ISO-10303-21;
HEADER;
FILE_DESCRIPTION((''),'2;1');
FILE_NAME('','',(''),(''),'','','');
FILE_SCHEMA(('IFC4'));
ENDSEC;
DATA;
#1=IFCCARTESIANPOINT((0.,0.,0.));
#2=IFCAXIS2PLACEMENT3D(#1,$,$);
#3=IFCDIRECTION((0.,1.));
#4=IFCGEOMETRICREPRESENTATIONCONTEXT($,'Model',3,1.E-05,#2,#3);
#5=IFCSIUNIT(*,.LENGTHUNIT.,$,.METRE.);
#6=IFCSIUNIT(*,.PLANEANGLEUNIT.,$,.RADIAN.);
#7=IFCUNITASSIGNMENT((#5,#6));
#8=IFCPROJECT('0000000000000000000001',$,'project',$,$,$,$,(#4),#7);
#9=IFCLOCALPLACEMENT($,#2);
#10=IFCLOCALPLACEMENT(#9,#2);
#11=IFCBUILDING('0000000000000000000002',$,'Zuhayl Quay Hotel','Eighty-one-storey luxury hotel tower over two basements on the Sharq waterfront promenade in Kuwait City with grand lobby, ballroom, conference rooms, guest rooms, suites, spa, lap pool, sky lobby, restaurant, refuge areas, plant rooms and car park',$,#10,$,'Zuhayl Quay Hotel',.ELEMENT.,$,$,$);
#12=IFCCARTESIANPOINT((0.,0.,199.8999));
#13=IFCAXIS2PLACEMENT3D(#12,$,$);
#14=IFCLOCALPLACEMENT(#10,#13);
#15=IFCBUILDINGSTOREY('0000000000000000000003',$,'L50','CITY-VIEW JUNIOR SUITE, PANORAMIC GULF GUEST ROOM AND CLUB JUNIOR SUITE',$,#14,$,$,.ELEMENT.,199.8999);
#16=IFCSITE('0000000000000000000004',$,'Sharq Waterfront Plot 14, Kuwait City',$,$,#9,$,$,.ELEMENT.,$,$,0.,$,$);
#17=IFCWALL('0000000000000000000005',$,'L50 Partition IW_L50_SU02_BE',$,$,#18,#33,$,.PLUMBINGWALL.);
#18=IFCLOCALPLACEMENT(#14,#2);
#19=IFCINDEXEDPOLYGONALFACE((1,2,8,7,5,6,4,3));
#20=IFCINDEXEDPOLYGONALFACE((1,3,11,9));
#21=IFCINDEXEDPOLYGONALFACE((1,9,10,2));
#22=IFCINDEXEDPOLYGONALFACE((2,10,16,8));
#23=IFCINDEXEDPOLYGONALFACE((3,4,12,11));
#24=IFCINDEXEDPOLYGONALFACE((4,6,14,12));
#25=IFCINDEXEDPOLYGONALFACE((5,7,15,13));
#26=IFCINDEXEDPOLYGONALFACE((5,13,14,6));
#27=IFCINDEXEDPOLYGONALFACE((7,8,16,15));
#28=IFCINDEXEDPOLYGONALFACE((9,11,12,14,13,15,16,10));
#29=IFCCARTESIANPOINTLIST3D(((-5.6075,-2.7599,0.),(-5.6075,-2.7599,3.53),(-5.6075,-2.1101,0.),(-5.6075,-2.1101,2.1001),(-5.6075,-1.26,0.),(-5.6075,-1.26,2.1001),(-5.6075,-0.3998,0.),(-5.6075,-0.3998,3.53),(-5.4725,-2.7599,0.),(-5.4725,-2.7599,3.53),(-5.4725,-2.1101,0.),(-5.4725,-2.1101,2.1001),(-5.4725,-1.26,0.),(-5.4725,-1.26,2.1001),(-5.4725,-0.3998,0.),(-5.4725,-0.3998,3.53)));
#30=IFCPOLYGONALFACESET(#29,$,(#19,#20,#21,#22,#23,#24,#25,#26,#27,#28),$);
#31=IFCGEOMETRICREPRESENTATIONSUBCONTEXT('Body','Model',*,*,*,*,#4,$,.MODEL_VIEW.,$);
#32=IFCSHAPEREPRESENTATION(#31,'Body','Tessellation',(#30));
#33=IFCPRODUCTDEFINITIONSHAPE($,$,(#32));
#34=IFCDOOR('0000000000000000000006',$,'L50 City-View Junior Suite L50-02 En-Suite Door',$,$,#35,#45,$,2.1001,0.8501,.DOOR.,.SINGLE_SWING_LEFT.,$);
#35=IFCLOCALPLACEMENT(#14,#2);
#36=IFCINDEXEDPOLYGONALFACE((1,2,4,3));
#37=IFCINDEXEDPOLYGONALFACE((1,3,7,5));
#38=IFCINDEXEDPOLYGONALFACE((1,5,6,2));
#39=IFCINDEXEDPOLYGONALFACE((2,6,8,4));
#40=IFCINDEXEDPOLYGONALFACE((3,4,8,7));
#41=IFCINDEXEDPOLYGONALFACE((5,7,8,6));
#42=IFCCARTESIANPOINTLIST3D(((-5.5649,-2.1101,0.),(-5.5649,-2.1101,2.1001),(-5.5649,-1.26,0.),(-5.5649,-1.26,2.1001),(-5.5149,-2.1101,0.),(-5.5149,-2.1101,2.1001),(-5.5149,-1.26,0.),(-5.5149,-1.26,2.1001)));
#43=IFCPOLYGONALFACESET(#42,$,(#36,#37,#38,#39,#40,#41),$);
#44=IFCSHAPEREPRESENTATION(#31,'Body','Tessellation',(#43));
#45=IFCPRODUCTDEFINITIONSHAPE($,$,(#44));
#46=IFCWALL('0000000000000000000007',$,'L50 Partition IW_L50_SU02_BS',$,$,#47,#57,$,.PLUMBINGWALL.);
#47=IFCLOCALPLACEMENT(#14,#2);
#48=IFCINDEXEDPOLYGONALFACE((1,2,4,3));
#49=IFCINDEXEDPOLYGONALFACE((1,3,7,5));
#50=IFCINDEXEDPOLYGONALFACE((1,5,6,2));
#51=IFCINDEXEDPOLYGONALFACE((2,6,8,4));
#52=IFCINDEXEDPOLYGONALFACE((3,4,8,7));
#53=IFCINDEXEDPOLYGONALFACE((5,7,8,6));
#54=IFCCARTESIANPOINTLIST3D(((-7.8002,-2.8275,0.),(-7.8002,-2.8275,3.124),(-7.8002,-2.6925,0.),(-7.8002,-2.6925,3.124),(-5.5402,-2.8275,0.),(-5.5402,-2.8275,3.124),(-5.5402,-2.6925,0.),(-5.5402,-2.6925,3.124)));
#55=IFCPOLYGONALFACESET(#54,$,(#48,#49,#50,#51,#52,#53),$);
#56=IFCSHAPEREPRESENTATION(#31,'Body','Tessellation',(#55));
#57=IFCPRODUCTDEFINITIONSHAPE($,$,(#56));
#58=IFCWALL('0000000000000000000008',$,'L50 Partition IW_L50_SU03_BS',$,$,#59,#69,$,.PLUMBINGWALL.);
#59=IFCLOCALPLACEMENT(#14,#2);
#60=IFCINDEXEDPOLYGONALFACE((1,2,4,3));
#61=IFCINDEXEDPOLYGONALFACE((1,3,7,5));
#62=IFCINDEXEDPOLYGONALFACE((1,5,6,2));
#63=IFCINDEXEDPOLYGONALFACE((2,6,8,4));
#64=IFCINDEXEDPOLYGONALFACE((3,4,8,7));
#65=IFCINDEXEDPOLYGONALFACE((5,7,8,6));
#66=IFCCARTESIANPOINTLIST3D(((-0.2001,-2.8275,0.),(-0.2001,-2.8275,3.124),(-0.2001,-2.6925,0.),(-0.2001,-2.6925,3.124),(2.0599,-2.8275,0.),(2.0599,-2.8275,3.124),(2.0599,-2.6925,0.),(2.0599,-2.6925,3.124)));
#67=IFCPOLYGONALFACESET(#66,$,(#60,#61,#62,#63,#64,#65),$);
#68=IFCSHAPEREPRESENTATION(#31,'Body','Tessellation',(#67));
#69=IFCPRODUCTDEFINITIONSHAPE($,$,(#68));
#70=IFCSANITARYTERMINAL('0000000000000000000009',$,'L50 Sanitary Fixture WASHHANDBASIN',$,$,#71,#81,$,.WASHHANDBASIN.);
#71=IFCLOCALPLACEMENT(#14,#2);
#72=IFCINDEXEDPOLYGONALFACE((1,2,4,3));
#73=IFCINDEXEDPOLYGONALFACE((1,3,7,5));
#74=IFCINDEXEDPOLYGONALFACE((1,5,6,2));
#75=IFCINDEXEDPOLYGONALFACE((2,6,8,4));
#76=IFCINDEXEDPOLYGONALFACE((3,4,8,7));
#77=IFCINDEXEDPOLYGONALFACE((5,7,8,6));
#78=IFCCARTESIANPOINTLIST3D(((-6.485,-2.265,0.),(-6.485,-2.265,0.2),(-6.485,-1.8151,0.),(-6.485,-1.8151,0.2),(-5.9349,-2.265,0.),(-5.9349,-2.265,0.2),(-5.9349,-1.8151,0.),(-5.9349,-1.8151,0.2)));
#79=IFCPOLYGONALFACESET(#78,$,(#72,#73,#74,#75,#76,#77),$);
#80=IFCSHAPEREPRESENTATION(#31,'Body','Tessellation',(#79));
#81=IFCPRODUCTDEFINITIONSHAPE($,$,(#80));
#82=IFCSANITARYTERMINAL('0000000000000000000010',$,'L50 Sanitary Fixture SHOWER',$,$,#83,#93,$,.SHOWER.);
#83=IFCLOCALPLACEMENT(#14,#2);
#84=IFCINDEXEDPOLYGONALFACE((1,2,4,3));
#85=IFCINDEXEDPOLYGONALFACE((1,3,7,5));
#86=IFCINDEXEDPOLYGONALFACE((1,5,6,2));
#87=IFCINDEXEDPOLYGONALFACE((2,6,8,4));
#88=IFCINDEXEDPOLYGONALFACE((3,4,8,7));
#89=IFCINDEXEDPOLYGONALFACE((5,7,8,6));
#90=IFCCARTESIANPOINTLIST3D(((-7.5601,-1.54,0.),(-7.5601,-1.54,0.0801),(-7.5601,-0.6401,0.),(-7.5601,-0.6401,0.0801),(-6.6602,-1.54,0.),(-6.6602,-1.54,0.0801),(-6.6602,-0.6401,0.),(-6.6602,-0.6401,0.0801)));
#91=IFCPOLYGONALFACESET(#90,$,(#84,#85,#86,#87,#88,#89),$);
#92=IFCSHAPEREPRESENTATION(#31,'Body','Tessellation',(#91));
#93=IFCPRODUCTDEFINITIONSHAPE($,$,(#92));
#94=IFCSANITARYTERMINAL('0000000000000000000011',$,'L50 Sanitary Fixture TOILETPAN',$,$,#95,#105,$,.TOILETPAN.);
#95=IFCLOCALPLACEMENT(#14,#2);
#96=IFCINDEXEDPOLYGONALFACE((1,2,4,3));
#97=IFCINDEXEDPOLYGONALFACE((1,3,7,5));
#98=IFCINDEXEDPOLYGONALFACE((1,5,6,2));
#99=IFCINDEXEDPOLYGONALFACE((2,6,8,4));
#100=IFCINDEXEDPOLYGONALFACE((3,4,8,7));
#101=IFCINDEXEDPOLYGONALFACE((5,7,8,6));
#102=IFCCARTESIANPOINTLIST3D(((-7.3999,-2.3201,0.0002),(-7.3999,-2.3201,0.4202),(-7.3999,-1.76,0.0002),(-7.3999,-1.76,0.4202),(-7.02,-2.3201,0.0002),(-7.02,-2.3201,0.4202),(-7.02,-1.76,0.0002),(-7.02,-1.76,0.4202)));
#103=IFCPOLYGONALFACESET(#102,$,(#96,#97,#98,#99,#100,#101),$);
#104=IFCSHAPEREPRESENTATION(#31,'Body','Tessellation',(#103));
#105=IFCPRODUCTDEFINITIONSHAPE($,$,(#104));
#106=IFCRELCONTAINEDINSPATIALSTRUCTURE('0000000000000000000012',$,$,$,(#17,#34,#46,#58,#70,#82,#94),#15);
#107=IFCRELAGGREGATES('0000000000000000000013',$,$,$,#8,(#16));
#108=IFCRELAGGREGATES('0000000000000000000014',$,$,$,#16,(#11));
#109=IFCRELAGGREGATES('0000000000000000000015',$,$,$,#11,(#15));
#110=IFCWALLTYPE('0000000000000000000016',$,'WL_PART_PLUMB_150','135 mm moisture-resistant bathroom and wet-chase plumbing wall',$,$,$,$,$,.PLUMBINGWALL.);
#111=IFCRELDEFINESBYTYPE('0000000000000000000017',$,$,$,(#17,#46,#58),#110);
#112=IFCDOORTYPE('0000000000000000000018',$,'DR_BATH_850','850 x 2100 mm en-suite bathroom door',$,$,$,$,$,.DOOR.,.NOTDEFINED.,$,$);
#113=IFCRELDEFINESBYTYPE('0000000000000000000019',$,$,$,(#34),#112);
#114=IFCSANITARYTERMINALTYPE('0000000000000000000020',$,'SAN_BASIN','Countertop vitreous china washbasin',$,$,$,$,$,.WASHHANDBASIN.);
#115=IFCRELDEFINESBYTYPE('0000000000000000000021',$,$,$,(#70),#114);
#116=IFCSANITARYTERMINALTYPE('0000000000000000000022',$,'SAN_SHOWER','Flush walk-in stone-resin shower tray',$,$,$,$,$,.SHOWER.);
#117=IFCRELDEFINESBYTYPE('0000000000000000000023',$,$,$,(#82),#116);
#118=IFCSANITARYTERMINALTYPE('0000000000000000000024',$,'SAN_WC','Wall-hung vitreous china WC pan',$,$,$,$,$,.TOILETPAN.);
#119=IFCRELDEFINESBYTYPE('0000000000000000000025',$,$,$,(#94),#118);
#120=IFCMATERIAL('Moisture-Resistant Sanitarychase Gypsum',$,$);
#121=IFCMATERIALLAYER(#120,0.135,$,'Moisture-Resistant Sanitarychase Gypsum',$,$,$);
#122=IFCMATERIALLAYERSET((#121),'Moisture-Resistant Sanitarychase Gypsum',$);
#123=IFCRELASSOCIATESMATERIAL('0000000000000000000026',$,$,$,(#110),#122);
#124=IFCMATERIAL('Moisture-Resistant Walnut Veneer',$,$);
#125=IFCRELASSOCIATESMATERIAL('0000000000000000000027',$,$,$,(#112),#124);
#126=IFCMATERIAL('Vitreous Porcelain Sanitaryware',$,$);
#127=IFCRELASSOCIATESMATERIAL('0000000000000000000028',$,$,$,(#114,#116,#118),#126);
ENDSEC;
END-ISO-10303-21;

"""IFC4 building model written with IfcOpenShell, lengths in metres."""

from ifc_helpers import new_model, si_unit, direction, frame, frame_2d, origin, origin_2d, place, context, subcontext, project, spatial, rectangle, extrude, material, layer, layer_set, type_object, element, fill, save


model = new_model("IFC4")

# Units and contexts
model_context = context("Model", 3, precision=1e-05, world=origin(), true_north=direction((0.0, 1.0)))
body_context = subcontext(model_context, "Body", "Model", "MODEL_VIEW")
ifc_project = project(units=[si_unit("LENGTHUNIT", "METRE"), si_unit("PLANEANGLEUNIT", "RADIAN")], contexts=[model_context])

# Site, building, storey
site_placement = place(None, origin())
site = spatial("IfcSite", under=ifc_project, at=site_placement, Name="Sharq Waterfront Plot 14, Kuwait City", CompositionType="ELEMENT", RefElevation=0.0)
building_placement = place(site_placement, origin())
building = spatial("IfcBuilding", under=site, at=building_placement, Name="Zuhayl Quay Hotel", Description="Eighty-one-storey luxury hotel tower over two basements on the Sharq waterfront promenade in Kuwait City with grand lobby, ballroom, conference rooms, guest rooms, suites, spa, lap pool, sky lobby, restaurant, refuge areas, plant rooms and car park", LongName="Zuhayl Quay Hotel", CompositionType="ELEMENT")
storey_placement = place(building_placement, frame((0.0, 0.0, 199.8999)))
storey = spatial("IfcBuildingStorey", under=building, at=storey_placement, Name="L50", Description="CITY-VIEW JUNIOR SUITE, PANORAMIC GULF GUEST ROOM AND CLUB JUNIOR SUITE", CompositionType="ELEMENT", Elevation=199.8999)

# Wall, opening, door
ifc_material_1 = material(Name="Moisture-Resistant Sanitarychase Gypsum")
ifc_layer_1 = layer(ifc_material_1, 0.135, Name="Moisture-Resistant Sanitarychase Gypsum")
ifc_layer_set_1 = layer_set([ifc_layer_1], Name="Moisture-Resistant Sanitarychase Gypsum")
wall_type_1 = type_object("IfcWallType", Name="WL_PART_PLUMB_150", Description="135 mm moisture-resistant bathroom and wet-chase plumbing wall", PredefinedType="PLUMBINGWALL", material=ifc_layer_set_1)
wall_1_placement = place(storey_placement, frame((-5.54, -2.76, 0.0), z_axis=(0.0, 0.0, 1.0), x_axis=(0.0, 1.0, 0.0)))
wall_1 = element("IfcWall", 1, at=wall_1_placement, inside=storey, type_object=wall_type_1, Name="L50 Partition IW_L50_SU02_BE", PredefinedType="PLUMBINGWALL", context=body_context, shape_type="SweptSolid", body=[
    extrude(rectangle(XDim=2.3601, YDim=0.135, at=frame_2d((1.1802, 0.0))), origin(), (0.0, 0.0, 1.0), 3.53),
])
opening_1_placement = place(wall_1_placement, frame((0.6499, 0.0, 0.0)))
opening_1 = element("IfcOpeningElement", 2, at=opening_1_placement, cuts=wall_1, PredefinedType="OPENING", context=body_context, shape_type="SweptSolid", body=[
    extrude(rectangle(XDim=0.8501, YDim=2.1001, at=frame_2d((0.425, 1.05))), frame((0.0, 0.0774, 0.0), z_axis=(0.0, -1.0, 0.0), x_axis=(1.0, 0.0, 0.0)), (0.0, 0.0, 1.0), 0.155),
])
ifc_material_2 = material(Name="Moisture-Resistant Walnut Veneer")
door_type_1 = type_object("IfcDoorType", Name="DR_BATH_850", Description="850 x 2100 mm en-suite bathroom door", OperationType="NOTDEFINED", PredefinedType="DOOR", material=ifc_material_2)
door_1_placement = place(opening_1_placement, origin())
door_1 = element("IfcDoor", 3, at=door_1_placement, inside=storey, type_object=door_type_1, Name="L50 City-View Junior Suite L50-02 En-Suite Door", OperationType="SINGLE_SWING_LEFT", OverallHeight=2.1001, OverallWidth=0.8501, PredefinedType="DOOR", context=body_context, shape_type="SweptSolid", body=[
    extrude(rectangle(XDim=0.8501, YDim=2.1001, at=frame_2d((0.425, 1.05))), frame((0.0, 0.0249, 0.0), z_axis=(0.0, -1.0, 0.0), x_axis=(1.0, 0.0, 0.0)), (0.0, 0.0, 1.0), 0.05),
])
fill(opening_1, door_1)

# Walls
for number, where, z_axis, x_axis, name in (
    (4, (-7.8, -2.76, 0.0), (0.0, 0.0, 1.0), (1.0, 0.0, 0.0), "L50 Partition IW_L50_SU02_BS"),
    (5, (-0.2, -2.76, 0.0), (0.0, 0.0, 1.0), (1.0, 0.0, 0.0), "L50 Partition IW_L50_SU03_BS"),
):
    element("IfcWall", number, at=place(storey_placement, frame(where, z_axis=z_axis, x_axis=x_axis)), inside=storey, type_object=wall_type_1, Name=name, PredefinedType="PLUMBINGWALL", context=body_context, shape_type="SweptSolid", body=[
        extrude(rectangle(XDim=2.26, YDim=0.135, at=frame_2d((1.1299, 0.0))), origin(), (0.0, 0.0, 1.0), 3.124),
    ])

# Sanitary terminals
ifc_material_3 = material(Name="Vitreous Porcelain Sanitaryware")
sanitary_terminal_type_1 = type_object("IfcSanitaryTerminalType", Name="SAN_BASIN", Description="Countertop vitreous china washbasin", PredefinedType="WASHHANDBASIN", material=ifc_material_3)
sanitary_terminal_1_placement = place(storey_placement, frame((-6.21, -2.04, 0.0), z_axis=(0.0, 0.0, 1.0), x_axis=(1.0, 0.0, 0.0)))
element("IfcSanitaryTerminal", 6, at=sanitary_terminal_1_placement, inside=storey, type_object=sanitary_terminal_type_1, Name="L50 Sanitary Fixture WASHHANDBASIN", PredefinedType="WASHHANDBASIN", context=body_context, shape_type="SweptSolid", body=[
    extrude(rectangle(XDim=0.55, YDim=0.45, at=origin_2d()), origin(), (0.0, 0.0, 1.0), 0.2),
])
sanitary_terminal_type_2 = type_object("IfcSanitaryTerminalType", Name="SAN_SHOWER", Description="Flush walk-in stone-resin shower tray", PredefinedType="SHOWER", material=ifc_material_3)
sanitary_terminal_2_placement = place(storey_placement, frame((-7.1101, -1.0901, 0.0), z_axis=(0.0, 0.0, 1.0), x_axis=(1.0, 0.0, 0.0)))
element("IfcSanitaryTerminal", 7, at=sanitary_terminal_2_placement, inside=storey, type_object=sanitary_terminal_type_2, Name="L50 Sanitary Fixture SHOWER", PredefinedType="SHOWER", context=body_context, shape_type="SweptSolid", body=[
    extrude(rectangle(XDim=0.8999, YDim=0.8999, at=origin_2d()), origin(), (0.0, 0.0, 1.0), 0.0801),
])
sanitary_terminal_type_3 = type_object("IfcSanitaryTerminalType", Name="SAN_WC", Description="Wall-hung vitreous china WC pan", PredefinedType="TOILETPAN", material=ifc_material_3)
sanitary_terminal_3_placement = place(storey_placement, frame((-7.21, -2.04, 0.0002), z_axis=(0.0, 0.0, 1.0), x_axis=(1.0, 0.0, 0.0)))
element("IfcSanitaryTerminal", 8, at=sanitary_terminal_3_placement, inside=storey, type_object=sanitary_terminal_type_3, Name="L50 Sanitary Fixture TOILETPAN", PredefinedType="TOILETPAN", context=body_context, shape_type="SweptSolid", body=[
    extrude(rectangle(XDim=0.3799, YDim=0.5601, at=origin_2d()), origin(), (0.0, 0.0, 1.0), 0.4199),
])

save(model, "model.ifc")
